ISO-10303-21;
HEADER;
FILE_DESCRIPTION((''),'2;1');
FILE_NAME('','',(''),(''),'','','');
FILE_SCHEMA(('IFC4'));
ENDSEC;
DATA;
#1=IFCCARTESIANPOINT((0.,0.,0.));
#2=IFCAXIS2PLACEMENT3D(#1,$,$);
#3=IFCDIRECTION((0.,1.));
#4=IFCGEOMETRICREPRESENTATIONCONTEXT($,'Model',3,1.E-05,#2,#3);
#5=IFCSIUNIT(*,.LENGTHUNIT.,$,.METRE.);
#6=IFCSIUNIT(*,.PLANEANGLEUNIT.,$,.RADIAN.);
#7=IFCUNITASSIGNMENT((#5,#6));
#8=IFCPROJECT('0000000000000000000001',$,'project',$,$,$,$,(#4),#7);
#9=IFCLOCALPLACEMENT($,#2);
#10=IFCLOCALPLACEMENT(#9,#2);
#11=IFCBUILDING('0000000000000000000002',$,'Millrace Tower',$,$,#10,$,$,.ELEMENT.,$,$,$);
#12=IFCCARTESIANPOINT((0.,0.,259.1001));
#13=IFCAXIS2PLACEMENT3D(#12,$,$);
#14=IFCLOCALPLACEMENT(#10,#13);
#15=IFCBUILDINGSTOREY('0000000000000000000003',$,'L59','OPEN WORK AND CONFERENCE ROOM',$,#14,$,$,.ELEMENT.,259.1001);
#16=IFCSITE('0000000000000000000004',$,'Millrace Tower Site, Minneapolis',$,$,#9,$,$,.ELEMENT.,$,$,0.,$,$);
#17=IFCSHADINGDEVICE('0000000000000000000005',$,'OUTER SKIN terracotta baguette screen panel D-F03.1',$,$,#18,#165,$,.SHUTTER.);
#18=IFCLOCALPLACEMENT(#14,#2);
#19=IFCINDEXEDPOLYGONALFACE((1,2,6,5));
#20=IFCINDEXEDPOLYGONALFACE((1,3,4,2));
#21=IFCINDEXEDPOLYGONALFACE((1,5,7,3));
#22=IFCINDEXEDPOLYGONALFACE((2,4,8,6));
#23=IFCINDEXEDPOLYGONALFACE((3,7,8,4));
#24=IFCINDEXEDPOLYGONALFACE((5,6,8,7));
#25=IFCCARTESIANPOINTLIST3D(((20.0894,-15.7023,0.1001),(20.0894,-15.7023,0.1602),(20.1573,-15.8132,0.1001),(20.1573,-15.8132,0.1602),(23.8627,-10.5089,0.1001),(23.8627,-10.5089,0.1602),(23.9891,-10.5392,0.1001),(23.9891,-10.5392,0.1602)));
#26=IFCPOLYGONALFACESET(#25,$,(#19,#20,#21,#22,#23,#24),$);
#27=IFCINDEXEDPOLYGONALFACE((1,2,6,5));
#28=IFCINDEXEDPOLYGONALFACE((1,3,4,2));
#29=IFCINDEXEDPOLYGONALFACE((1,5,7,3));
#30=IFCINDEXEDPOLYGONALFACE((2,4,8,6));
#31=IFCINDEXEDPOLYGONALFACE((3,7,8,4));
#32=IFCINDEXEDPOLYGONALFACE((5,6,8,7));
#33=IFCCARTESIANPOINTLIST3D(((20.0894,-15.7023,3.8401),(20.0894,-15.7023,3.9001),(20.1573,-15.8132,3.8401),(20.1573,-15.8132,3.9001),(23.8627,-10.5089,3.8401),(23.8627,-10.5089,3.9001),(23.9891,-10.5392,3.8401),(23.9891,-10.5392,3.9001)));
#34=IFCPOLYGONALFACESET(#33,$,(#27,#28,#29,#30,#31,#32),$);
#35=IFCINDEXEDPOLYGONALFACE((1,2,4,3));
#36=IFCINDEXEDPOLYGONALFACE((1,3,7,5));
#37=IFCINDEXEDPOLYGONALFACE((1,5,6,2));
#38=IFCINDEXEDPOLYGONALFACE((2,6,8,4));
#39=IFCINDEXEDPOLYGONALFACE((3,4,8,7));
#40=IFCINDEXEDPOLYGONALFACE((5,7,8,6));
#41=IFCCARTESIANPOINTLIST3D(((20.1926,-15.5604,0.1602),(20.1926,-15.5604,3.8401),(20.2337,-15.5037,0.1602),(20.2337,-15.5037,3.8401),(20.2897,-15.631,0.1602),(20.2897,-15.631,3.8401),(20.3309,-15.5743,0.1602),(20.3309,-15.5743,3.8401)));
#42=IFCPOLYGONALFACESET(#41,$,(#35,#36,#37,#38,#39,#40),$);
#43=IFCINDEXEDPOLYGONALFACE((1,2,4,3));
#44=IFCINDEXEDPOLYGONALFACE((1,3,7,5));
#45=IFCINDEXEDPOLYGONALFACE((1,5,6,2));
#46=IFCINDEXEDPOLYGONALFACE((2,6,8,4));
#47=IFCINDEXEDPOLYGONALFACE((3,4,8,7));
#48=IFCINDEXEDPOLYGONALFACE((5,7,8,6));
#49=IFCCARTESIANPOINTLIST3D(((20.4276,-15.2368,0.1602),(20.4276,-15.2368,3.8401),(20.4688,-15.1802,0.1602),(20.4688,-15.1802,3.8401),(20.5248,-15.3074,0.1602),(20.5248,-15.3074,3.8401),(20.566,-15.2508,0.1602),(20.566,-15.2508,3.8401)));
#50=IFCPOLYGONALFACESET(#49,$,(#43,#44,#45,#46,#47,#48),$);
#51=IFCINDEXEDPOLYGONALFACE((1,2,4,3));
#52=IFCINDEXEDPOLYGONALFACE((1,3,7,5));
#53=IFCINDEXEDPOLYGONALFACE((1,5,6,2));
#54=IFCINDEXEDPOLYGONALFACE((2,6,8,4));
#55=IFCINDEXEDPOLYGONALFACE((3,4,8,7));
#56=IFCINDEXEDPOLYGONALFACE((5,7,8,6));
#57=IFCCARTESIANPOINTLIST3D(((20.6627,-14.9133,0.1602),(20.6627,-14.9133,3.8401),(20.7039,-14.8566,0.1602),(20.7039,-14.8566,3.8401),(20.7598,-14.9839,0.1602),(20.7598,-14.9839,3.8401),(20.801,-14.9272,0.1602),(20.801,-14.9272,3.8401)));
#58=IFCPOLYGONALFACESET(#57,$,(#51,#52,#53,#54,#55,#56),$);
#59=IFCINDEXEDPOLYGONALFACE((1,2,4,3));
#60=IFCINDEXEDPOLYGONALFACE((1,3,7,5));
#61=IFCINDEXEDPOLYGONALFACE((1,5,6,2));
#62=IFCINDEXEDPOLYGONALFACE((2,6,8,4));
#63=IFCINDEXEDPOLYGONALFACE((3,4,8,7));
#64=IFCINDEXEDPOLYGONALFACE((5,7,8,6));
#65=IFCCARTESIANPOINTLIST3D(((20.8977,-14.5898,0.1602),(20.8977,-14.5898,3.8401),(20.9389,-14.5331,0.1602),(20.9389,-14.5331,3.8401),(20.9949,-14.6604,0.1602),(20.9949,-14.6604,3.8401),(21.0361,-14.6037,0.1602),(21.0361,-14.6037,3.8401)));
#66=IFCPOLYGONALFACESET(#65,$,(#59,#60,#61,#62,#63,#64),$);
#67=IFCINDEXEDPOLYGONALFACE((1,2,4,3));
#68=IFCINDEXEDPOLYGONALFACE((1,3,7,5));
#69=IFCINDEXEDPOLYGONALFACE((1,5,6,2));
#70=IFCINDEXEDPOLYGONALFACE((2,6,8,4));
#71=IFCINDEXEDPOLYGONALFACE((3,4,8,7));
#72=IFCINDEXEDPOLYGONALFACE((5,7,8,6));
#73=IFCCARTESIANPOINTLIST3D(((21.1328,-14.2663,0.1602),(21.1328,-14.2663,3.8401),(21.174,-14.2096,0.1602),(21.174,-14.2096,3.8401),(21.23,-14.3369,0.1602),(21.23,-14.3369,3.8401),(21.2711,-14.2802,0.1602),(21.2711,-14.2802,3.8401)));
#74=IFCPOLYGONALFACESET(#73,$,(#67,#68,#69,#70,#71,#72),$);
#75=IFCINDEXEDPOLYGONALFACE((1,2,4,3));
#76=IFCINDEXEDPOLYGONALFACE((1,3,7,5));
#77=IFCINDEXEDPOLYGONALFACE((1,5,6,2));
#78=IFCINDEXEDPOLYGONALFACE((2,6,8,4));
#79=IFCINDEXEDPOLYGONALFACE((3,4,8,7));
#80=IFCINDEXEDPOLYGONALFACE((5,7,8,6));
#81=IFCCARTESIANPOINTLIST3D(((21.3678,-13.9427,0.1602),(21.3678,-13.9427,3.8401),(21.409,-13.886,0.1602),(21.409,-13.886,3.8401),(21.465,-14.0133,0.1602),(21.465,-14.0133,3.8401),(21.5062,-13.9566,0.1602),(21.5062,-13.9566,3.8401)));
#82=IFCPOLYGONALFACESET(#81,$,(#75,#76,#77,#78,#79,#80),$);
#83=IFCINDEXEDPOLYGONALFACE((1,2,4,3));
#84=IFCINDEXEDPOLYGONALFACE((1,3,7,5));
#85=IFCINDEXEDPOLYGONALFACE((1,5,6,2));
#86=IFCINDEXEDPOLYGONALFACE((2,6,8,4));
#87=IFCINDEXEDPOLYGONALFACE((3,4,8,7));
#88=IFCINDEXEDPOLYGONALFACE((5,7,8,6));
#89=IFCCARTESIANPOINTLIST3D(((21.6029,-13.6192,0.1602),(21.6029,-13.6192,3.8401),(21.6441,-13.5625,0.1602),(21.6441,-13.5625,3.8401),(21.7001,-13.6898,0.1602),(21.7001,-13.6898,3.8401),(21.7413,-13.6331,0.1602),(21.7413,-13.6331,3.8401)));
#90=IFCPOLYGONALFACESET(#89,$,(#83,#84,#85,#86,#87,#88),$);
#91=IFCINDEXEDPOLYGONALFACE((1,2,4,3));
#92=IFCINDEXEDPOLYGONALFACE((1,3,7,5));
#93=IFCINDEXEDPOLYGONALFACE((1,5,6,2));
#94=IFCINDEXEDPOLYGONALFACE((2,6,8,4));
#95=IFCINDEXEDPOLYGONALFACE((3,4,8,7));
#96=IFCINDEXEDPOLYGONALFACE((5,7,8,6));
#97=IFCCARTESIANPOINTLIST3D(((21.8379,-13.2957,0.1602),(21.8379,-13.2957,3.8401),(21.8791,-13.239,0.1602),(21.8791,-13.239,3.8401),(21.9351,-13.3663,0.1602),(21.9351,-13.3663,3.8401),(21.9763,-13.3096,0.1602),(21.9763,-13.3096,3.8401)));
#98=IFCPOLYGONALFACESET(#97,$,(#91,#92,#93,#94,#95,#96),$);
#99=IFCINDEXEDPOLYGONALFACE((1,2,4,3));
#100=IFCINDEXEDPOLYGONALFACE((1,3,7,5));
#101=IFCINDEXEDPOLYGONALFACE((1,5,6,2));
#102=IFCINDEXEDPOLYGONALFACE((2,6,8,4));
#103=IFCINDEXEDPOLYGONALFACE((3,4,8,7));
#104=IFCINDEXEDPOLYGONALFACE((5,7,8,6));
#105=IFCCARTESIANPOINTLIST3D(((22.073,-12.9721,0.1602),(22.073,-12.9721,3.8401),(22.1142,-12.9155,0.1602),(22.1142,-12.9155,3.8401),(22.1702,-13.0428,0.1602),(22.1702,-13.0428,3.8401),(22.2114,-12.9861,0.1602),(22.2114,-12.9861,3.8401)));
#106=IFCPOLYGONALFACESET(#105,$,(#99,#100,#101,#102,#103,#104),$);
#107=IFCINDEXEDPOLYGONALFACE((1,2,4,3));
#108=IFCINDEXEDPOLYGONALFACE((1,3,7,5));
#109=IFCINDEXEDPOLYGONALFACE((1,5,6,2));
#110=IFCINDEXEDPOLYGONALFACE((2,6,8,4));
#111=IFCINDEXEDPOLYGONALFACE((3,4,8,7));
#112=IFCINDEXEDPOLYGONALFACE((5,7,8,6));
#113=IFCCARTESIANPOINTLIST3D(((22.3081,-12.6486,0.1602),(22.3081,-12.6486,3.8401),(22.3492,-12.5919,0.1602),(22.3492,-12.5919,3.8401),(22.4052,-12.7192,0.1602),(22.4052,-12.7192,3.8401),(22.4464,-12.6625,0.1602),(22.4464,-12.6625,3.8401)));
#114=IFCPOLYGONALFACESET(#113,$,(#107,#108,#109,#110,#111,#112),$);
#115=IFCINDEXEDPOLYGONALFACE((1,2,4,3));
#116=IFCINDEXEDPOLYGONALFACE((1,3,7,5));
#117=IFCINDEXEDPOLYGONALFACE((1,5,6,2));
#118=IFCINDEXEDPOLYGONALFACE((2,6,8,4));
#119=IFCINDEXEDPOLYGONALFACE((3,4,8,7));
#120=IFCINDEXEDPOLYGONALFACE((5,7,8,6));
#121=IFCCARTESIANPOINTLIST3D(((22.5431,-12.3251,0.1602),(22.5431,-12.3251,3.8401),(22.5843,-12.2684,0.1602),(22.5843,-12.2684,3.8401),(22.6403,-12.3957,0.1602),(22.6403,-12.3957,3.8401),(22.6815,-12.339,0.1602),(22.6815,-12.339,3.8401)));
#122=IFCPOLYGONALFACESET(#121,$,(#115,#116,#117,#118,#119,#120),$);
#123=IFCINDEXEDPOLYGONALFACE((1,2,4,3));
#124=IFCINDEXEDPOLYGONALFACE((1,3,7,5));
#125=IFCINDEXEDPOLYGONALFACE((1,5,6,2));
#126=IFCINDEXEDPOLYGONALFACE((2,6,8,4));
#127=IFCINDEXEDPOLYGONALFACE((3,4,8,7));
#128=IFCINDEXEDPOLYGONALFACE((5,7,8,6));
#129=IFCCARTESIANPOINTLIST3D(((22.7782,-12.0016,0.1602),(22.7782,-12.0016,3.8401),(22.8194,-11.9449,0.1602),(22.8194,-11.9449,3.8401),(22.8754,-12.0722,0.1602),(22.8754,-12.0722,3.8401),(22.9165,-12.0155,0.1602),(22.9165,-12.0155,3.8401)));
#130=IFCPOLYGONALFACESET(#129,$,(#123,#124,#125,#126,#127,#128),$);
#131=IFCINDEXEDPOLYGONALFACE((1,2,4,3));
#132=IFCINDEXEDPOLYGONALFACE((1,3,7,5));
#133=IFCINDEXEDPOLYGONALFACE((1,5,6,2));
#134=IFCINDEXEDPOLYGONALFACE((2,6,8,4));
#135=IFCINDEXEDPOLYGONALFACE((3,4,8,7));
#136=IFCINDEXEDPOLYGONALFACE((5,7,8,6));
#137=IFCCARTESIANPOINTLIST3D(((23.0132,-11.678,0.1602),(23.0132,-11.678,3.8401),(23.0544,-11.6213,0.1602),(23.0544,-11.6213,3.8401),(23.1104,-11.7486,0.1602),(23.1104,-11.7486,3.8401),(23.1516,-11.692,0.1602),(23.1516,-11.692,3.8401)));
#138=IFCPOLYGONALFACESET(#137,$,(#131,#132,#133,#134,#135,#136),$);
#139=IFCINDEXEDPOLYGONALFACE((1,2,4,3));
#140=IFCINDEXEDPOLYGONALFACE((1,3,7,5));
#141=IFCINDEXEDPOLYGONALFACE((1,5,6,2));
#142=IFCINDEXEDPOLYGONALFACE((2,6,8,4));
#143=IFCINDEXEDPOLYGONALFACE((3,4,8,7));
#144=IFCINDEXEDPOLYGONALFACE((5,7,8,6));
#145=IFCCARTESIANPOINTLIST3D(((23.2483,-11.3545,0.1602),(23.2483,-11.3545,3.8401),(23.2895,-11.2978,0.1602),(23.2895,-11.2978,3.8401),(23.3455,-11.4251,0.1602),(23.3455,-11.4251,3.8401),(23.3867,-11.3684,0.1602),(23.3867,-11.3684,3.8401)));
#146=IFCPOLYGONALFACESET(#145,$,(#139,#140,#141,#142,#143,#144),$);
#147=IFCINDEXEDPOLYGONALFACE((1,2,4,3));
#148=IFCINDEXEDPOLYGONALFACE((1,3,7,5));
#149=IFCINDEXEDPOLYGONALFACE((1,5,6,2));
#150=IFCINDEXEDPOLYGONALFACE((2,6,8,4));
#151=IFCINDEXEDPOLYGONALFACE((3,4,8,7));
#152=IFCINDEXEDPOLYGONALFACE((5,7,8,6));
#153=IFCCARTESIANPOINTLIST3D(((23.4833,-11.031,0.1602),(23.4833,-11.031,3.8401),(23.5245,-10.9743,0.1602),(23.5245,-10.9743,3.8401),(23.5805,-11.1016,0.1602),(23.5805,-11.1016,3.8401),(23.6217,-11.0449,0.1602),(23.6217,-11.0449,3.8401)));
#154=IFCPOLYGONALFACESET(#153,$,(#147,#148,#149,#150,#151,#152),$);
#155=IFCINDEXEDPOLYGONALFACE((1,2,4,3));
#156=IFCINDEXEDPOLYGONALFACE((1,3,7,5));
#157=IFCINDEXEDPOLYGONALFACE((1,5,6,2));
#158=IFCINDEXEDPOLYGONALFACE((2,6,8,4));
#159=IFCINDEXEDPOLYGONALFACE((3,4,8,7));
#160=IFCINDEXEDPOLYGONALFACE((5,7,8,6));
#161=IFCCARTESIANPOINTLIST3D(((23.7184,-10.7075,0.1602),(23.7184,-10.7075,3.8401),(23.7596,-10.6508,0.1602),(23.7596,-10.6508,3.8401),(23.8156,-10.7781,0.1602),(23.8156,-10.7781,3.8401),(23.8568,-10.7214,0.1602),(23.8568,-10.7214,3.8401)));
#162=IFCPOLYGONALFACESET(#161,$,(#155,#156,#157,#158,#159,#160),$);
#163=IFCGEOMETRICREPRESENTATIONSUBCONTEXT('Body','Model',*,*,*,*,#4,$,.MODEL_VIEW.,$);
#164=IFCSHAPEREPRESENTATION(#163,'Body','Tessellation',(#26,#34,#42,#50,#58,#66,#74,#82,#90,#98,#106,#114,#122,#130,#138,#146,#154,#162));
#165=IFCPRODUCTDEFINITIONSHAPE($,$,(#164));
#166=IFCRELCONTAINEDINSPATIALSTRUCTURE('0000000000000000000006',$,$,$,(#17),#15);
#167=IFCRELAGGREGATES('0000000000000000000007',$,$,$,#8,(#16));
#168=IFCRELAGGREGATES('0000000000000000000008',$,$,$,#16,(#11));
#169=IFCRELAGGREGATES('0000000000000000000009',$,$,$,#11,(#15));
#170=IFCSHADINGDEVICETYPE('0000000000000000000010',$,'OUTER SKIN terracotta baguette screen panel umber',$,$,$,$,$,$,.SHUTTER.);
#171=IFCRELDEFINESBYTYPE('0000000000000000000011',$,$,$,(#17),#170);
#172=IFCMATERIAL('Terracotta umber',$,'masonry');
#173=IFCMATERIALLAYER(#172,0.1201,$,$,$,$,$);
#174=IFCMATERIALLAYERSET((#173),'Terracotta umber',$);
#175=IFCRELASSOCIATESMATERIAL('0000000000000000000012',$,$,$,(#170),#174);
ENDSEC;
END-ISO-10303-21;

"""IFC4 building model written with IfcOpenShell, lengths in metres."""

from ifc_helpers import new_model, entity, si_unit, direction, frame, frame_2d, origin, place, context, subcontext, project, spatial, rectangle, extrude, source, transform, mapped, material, layer, layer_set, type_object, element, save


model = new_model("IFC4")

# Units and contexts
model_context = context("Model", 3, precision=1e-05, world=origin(), true_north=direction((0.0, 1.0)))
body_context = subcontext(model_context, "Body", "Model", "MODEL_VIEW")
ifc_project = project(units=[si_unit("LENGTHUNIT", "METRE"), si_unit("PLANEANGLEUNIT", "RADIAN")], contexts=[model_context])

# Site, building, storey
site_placement = place(None, origin())
site = spatial("IfcSite", under=ifc_project, at=site_placement, Name="Millrace Tower Site, Minneapolis", CompositionType="ELEMENT", RefElevation=0.0)
building_placement = place(site_placement, origin())
building = spatial("IfcBuilding", under=site, at=building_placement, Name="Millrace Tower", CompositionType="ELEMENT")
storey_placement = place(building_placement, frame((0.0, 0.0, 259.1001)))
storey = spatial("IfcBuildingStorey", under=building, at=storey_placement, Name="L59", Description="OPEN WORK AND CONFERENCE ROOM", CompositionType="ELEMENT", Elevation=259.1001)

# Shading device
ifc_material_1 = material(Name="Terracotta umber", Category="masonry")
ifc_layer_1 = layer(ifc_material_1, 0.1201)
ifc_layer_set_1 = layer_set([ifc_layer_1], Name="Terracotta umber")
shading_device_type = type_object("IfcShadingDeviceType", Name="OUTER SKIN terracotta baguette screen panel umber", PredefinedType="SHUTTER", material=ifc_layer_set_1)
cartesian_point_1 = entity("IfcCartesianPoint", [-3.2097, 0.0601])
shared_polyline_1 = entity("IfcPolyline", [cartesian_point_1, entity("IfcCartesianPoint", [3.2097, 0.0601]), entity("IfcCartesianPoint", [3.2595, -0.0601]), entity("IfcCartesianPoint", [-3.2595, -0.0601]), cartesian_point_1])
shared_shape_1 = source(origin(), body_context, "Body", "SweptSolid", [
    entity("IfcExtrudedAreaSolid", entity("IfcArbitraryClosedProfileDef", "AREA", None, shared_polyline_1), entity("IfcAxis2Placement3D", entity("IfcCartesianPoint", [0.0, 0.0, 0.0])), entity("IfcDirection", [0.0, 0.0, 1.0]), 0.0601),
    entity("IfcExtrudedAreaSolid", entity("IfcArbitraryClosedProfileDef", "AREA", None, shared_polyline_1), entity("IfcAxis2Placement3D", entity("IfcCartesianPoint", [0.0, 0.0, 3.74])), entity("IfcDirection", [0.0, 0.0, 1.0]), 0.0601),
    extrude(rectangle(XDim=0.0701, YDim=0.1201, at=frame_2d((-2.9993, 0.0))), frame((0.0, 0.0, 0.0601)), (0.0, 0.0, 1.0), 3.6799),
    extrude(rectangle(XDim=0.0701, YDim=0.1201, at=frame_2d((-2.5994, 0.0))), frame((0.0, 0.0, 0.0601)), (0.0, 0.0, 1.0), 3.6799),
    extrude(rectangle(XDim=0.0701, YDim=0.1201, at=frame_2d((-2.1995, 0.0))), frame((0.0, 0.0, 0.0601)), (0.0, 0.0, 1.0), 3.6799),
    extrude(rectangle(XDim=0.0701, YDim=0.1201, at=frame_2d((-1.7996, 0.0))), frame((0.0, 0.0, 0.0601)), (0.0, 0.0, 1.0), 3.6799),
    extrude(rectangle(XDim=0.0701, YDim=0.1201, at=frame_2d((-1.3997, 0.0))), frame((0.0, 0.0, 0.0601)), (0.0, 0.0, 1.0), 3.6799),
    extrude(rectangle(XDim=0.0701, YDim=0.1201, at=frame_2d((-0.9998, 0.0))), frame((0.0, 0.0, 0.0601)), (0.0, 0.0, 1.0), 3.6799),
    extrude(rectangle(XDim=0.0701, YDim=0.1201, at=frame_2d((-0.5999, 0.0))), frame((0.0, 0.0, 0.0601)), (0.0, 0.0, 1.0), 3.6799),
    extrude(rectangle(XDim=0.0701, YDim=0.1201, at=frame_2d((-0.2, 0.0))), frame((0.0, 0.0, 0.0601)), (0.0, 0.0, 1.0), 3.6799),
    extrude(rectangle(XDim=0.0701, YDim=0.1201, at=frame_2d((0.2, 0.0))), frame((0.0, 0.0, 0.0601)), (0.0, 0.0, 1.0), 3.6799),
    extrude(rectangle(XDim=0.0701, YDim=0.1201, at=frame_2d((0.5999, 0.0))), frame((0.0, 0.0, 0.0601)), (0.0, 0.0, 1.0), 3.6799),
    extrude(rectangle(XDim=0.0701, YDim=0.1201, at=frame_2d((0.9998, 0.0))), frame((0.0, 0.0, 0.0601)), (0.0, 0.0, 1.0), 3.6799),
    extrude(rectangle(XDim=0.0701, YDim=0.1201, at=frame_2d((1.3997, 0.0))), frame((0.0, 0.0, 0.0601)), (0.0, 0.0, 1.0), 3.6799),
    extrude(rectangle(XDim=0.0701, YDim=0.1201, at=frame_2d((1.7996, 0.0))), frame((0.0, 0.0, 0.0601)), (0.0, 0.0, 1.0), 3.6799),
    extrude(rectangle(XDim=0.0701, YDim=0.1201, at=frame_2d((2.1995, 0.0))), frame((0.0, 0.0, 0.0601)), (0.0, 0.0, 1.0), 3.6799),
    extrude(rectangle(XDim=0.0701, YDim=0.1201, at=frame_2d((2.5994, 0.0))), frame((0.0, 0.0, 0.0601)), (0.0, 0.0, 1.0), 3.6799),
    extrude(rectangle(XDim=0.0701, YDim=0.1201, at=frame_2d((2.9993, 0.0))), frame((0.0, 0.0, 0.0601)), (0.0, 0.0, 1.0), 3.6799),
])
shading_device_1_placement = place(storey_placement, frame((22.0247, -13.1409, 0.1001), z_axis=(0.0, 0.0, 1.0), x_axis=(0.587785, 0.809017, 0.0)))
element("IfcShadingDevice", 1, at=shading_device_1_placement, inside=storey, type_object=shading_device_type, Name="OUTER SKIN terracotta baguette screen panel D-F03.1", PredefinedType="SHUTTER", context=body_context, shape_type="MappedRepresentation", body=[
    mapped(shared_shape_1, transform((0.0, 0.0, 0.0), scale=1.0)),
])

save(model, "model.ifc")
